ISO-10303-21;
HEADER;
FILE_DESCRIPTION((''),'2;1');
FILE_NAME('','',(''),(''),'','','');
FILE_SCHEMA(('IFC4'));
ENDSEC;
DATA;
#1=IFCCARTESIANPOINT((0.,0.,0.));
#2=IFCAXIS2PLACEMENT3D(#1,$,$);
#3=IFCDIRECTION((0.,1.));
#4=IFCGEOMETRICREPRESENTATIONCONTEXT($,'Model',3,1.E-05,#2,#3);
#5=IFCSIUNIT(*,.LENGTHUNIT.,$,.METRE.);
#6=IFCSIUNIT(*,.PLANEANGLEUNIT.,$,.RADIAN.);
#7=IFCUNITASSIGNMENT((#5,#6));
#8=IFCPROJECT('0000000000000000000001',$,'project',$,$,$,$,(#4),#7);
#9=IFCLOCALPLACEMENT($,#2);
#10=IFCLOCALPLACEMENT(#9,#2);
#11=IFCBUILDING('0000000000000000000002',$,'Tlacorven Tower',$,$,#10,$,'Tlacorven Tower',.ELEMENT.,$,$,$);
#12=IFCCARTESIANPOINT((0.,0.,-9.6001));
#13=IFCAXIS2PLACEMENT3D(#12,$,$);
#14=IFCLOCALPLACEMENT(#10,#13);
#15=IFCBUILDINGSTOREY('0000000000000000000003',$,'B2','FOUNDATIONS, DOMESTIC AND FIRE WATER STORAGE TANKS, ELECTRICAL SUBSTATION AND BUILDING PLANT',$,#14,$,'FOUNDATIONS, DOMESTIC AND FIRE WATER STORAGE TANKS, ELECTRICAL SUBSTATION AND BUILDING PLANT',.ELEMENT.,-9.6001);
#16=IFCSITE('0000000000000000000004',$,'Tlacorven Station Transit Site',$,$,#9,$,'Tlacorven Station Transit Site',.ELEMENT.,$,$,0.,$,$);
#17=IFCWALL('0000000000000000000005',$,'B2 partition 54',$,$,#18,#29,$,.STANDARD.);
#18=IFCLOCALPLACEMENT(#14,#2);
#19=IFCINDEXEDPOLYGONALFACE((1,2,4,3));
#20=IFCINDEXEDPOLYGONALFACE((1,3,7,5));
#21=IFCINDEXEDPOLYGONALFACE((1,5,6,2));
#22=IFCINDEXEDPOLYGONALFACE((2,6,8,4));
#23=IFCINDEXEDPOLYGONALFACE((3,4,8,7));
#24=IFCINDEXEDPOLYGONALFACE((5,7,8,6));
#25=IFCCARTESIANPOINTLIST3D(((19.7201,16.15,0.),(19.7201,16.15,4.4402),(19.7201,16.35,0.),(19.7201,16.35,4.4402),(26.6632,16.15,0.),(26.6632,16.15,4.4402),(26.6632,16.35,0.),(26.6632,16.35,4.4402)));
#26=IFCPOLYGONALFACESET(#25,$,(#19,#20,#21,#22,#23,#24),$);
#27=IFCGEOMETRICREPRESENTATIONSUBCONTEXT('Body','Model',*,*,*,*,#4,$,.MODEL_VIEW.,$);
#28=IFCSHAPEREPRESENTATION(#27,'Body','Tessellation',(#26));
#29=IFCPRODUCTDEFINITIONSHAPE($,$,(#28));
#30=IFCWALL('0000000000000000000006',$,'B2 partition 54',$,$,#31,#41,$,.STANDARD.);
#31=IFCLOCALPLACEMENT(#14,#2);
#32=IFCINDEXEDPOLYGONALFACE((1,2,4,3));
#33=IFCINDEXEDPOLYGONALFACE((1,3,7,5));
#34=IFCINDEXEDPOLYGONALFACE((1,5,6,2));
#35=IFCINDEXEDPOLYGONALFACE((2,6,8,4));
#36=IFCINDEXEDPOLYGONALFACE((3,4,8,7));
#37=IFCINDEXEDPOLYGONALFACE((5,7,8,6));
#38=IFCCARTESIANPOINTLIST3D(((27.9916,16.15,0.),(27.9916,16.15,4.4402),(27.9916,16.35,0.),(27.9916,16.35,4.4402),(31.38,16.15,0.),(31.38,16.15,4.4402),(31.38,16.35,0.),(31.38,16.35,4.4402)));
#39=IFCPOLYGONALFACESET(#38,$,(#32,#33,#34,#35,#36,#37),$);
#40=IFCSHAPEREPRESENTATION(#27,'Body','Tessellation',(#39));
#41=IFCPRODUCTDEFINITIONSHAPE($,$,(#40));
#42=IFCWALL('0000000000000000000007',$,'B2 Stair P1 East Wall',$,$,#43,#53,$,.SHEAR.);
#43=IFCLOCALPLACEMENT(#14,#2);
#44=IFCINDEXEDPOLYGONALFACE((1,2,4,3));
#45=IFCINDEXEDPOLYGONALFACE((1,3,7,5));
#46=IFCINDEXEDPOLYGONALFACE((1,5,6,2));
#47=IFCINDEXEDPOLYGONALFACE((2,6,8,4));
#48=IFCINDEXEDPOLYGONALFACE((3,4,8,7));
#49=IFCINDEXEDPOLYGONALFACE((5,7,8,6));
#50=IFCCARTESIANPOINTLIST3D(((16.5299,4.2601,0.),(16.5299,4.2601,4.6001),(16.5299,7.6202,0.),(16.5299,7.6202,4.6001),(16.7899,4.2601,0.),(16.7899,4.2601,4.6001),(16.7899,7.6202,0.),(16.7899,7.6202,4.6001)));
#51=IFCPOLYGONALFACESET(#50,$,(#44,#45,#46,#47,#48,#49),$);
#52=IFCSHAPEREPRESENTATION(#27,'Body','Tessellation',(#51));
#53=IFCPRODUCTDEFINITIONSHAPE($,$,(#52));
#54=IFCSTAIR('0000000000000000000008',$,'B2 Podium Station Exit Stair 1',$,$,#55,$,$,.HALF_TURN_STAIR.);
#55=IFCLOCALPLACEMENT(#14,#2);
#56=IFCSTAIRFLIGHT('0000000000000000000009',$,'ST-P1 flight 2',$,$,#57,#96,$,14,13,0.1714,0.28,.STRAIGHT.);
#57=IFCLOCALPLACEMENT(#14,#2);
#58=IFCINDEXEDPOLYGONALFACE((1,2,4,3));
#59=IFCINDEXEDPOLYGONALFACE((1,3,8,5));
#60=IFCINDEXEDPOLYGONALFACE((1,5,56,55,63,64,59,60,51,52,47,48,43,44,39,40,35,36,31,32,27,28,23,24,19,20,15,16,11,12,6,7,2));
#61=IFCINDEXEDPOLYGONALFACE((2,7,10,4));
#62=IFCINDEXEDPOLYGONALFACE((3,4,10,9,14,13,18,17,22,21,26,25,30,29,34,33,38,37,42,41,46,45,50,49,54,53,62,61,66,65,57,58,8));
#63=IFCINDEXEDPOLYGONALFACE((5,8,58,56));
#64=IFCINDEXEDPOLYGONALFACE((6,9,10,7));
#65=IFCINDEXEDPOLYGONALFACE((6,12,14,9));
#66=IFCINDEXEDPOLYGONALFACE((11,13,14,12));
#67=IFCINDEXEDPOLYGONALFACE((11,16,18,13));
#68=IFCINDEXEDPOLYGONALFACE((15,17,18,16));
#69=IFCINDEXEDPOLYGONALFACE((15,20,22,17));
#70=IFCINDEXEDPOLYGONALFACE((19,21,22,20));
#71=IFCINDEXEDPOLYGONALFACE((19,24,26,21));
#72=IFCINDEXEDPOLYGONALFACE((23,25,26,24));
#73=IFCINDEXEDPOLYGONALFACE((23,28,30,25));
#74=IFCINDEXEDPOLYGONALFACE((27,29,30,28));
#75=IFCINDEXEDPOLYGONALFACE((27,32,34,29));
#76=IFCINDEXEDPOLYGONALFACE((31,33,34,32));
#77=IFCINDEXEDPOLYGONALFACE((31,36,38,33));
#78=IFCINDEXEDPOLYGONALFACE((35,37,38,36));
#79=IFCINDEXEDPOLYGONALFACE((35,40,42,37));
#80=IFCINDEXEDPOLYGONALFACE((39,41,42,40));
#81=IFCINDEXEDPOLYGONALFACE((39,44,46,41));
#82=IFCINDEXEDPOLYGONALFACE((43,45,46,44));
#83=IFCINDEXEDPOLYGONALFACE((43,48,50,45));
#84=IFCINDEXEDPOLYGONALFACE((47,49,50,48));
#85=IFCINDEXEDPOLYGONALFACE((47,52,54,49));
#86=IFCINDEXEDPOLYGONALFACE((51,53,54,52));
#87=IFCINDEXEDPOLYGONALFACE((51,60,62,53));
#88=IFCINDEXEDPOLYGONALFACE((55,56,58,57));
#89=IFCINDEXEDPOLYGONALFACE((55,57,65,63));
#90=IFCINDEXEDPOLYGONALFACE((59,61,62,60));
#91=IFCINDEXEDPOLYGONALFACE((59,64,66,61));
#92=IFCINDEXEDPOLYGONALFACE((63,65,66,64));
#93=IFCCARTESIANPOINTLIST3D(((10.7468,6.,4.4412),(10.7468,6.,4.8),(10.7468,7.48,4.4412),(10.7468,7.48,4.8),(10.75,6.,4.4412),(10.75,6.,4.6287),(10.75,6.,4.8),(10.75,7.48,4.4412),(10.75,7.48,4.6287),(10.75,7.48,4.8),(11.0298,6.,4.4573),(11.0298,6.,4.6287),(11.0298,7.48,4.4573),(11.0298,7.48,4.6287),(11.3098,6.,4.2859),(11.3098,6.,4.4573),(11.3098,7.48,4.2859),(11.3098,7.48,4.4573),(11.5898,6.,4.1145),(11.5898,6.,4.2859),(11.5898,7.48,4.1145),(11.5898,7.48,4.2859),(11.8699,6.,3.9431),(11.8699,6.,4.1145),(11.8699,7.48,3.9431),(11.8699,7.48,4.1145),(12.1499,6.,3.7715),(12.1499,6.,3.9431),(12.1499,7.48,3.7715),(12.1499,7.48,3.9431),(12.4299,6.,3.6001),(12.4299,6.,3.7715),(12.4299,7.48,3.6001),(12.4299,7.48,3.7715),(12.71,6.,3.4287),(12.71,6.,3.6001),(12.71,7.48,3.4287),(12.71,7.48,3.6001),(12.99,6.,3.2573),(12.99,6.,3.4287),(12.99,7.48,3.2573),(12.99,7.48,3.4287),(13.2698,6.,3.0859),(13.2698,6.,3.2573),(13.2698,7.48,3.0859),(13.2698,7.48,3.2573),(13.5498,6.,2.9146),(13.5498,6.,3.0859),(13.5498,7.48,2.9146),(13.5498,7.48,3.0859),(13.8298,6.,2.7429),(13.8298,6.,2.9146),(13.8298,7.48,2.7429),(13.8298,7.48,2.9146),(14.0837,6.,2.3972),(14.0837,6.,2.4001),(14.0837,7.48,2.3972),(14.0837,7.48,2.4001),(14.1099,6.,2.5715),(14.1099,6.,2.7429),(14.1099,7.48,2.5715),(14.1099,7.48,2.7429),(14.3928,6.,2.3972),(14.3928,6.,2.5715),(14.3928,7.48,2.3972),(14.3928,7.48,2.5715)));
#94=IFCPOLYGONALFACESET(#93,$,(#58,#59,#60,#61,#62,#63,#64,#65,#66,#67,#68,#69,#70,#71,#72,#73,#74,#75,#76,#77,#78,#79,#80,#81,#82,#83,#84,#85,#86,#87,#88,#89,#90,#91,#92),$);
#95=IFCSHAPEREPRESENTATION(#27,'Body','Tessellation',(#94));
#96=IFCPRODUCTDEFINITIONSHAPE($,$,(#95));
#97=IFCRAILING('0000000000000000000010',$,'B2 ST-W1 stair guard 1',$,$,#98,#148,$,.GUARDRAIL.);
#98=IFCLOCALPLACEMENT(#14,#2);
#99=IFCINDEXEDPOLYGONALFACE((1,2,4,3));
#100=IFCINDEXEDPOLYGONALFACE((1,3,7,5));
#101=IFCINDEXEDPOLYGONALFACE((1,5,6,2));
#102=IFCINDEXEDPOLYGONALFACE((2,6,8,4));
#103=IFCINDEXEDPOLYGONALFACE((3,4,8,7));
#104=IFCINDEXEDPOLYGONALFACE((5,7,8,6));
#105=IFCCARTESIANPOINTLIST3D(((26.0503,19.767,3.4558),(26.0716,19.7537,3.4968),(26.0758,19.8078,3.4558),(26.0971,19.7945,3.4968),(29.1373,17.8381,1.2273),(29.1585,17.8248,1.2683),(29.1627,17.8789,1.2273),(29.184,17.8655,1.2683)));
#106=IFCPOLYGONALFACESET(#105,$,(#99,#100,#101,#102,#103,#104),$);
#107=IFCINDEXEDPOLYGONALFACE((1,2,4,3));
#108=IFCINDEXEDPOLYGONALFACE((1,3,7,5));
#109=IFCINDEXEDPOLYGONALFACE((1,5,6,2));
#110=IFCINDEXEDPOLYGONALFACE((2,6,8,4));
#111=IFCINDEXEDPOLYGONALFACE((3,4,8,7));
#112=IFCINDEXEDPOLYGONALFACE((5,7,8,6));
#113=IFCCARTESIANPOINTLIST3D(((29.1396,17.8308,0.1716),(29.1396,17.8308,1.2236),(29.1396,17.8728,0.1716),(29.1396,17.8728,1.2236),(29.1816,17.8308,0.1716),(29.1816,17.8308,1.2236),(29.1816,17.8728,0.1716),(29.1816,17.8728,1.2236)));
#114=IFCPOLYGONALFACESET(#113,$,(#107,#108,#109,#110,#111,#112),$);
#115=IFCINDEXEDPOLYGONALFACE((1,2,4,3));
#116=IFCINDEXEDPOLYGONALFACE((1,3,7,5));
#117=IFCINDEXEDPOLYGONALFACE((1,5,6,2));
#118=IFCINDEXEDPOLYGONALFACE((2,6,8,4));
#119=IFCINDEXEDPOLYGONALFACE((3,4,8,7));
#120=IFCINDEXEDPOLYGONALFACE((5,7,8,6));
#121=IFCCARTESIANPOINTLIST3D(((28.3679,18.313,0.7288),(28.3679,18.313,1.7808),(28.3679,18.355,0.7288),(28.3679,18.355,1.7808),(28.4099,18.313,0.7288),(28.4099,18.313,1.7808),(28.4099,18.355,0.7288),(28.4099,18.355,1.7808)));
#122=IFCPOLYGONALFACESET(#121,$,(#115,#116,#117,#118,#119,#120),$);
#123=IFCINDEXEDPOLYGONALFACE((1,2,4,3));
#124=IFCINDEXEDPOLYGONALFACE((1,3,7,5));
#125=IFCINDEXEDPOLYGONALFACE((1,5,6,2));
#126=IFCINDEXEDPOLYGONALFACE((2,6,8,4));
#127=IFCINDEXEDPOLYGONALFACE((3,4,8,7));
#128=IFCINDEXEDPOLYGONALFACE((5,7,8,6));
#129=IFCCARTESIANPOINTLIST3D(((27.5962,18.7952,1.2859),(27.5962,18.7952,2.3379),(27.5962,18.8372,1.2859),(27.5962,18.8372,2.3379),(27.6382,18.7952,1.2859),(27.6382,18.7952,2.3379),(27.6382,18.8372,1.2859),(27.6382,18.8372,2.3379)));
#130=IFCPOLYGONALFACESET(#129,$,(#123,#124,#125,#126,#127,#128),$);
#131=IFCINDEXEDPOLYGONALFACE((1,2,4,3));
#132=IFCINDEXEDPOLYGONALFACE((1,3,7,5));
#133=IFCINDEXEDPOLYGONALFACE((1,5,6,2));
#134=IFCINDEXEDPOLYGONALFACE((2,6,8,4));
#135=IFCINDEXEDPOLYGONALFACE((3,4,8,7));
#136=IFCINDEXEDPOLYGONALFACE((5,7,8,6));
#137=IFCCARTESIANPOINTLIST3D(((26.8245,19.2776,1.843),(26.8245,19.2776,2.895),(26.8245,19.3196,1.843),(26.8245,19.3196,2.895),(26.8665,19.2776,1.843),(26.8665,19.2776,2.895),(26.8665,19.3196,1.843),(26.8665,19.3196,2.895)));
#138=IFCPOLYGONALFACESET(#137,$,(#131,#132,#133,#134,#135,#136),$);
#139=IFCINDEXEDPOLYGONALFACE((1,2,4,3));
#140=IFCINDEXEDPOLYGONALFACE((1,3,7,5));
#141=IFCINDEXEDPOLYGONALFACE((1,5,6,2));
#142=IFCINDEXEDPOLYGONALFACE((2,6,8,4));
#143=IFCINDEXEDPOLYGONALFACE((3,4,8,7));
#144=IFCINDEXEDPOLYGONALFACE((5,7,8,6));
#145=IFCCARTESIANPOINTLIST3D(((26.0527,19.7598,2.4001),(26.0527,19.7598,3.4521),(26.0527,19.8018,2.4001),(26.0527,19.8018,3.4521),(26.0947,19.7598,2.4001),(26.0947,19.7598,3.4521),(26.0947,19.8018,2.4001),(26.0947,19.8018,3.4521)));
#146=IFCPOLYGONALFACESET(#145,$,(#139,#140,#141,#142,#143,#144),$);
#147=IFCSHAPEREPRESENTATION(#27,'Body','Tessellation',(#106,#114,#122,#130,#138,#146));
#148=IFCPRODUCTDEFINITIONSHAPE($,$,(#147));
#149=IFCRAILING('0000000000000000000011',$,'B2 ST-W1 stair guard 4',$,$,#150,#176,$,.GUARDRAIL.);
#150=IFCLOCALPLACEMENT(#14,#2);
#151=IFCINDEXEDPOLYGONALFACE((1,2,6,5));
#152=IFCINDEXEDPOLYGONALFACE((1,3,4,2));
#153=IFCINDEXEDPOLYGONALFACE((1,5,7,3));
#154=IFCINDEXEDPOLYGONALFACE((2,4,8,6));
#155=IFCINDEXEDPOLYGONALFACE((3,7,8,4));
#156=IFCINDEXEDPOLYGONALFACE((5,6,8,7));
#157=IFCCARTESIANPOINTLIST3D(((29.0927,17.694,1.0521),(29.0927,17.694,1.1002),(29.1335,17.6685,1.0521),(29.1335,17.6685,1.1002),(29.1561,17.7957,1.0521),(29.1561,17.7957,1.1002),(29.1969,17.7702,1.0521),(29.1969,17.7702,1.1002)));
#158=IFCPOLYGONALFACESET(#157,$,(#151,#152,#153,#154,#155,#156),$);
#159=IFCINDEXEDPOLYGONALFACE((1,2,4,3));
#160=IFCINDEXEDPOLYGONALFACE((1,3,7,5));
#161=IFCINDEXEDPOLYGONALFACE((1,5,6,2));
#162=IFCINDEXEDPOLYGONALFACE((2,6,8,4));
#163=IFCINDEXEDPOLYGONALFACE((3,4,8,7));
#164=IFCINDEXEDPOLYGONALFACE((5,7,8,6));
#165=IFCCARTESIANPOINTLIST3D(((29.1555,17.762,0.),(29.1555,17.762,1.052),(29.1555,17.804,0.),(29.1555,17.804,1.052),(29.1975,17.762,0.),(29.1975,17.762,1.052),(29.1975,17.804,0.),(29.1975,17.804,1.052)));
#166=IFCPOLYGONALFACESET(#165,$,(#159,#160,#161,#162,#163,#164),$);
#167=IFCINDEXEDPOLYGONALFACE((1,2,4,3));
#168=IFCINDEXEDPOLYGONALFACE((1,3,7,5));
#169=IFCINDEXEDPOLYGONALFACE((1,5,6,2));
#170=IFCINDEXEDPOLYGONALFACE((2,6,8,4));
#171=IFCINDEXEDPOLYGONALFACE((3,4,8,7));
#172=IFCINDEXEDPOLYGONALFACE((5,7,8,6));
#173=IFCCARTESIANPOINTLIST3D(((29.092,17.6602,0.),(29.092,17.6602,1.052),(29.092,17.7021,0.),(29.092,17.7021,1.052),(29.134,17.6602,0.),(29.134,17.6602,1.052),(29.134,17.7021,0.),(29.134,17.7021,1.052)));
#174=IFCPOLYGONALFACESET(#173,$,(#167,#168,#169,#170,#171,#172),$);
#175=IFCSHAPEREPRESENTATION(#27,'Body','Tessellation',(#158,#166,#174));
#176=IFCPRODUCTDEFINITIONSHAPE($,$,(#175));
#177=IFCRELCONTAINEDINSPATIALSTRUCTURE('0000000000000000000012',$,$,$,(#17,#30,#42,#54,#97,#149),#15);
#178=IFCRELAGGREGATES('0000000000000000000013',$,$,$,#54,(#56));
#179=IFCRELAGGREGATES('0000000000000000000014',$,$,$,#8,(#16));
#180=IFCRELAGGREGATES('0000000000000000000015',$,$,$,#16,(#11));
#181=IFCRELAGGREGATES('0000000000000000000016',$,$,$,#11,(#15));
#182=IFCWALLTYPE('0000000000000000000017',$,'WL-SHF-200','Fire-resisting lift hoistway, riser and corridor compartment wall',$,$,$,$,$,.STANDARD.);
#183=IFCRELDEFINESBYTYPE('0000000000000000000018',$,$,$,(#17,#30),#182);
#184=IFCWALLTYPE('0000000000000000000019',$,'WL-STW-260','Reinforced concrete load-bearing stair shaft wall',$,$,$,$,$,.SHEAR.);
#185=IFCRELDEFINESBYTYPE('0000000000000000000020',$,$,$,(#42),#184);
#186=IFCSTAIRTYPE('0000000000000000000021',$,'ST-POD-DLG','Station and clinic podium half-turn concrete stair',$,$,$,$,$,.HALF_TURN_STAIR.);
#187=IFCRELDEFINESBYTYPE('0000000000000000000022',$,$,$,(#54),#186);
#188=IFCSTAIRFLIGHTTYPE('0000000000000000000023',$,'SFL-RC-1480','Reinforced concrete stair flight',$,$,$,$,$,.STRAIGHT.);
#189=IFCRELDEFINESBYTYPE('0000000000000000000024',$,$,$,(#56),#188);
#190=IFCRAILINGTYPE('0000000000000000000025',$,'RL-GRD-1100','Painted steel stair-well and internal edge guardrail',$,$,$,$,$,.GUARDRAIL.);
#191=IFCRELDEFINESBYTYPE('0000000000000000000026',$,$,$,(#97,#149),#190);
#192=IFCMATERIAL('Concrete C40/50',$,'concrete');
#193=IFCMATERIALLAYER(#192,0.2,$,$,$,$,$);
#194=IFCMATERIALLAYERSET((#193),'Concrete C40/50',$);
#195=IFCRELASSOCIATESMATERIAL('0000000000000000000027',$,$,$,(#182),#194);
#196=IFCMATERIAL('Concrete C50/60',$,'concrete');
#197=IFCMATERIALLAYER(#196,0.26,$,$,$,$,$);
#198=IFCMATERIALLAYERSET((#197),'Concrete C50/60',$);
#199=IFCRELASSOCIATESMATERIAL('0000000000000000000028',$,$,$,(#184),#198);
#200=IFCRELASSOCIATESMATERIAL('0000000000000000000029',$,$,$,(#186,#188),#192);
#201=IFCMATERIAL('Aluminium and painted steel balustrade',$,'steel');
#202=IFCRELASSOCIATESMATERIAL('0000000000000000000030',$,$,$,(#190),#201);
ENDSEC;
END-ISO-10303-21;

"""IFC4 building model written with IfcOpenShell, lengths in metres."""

from ifc_helpers import new_model, si_unit, direction, frame, frame_2d, origin, origin_2d, place, context, subcontext, project, spatial, polyline, rectangle, outline, extrude, source, transform, mapped, material, layer, layer_set, type_object, element, aggregate, save


model = new_model("IFC4")

# Units and contexts
model_context = context("Model", 3, precision=1e-05, world=origin(), true_north=direction((0.0, 1.0)))
body_context = subcontext(model_context, "Body", "Model", "MODEL_VIEW")
ifc_project = project(units=[si_unit("LENGTHUNIT", "METRE"), si_unit("PLANEANGLEUNIT", "RADIAN")], contexts=[model_context])

# Site, building, storey
site_placement = place(None, origin())
site = spatial("IfcSite", under=ifc_project, at=site_placement, Name="Tlacorven Station Transit Site", LongName="Tlacorven Station Transit Site", CompositionType="ELEMENT", RefElevation=0.0)
building_placement = place(site_placement, origin())
building = spatial("IfcBuilding", under=site, at=building_placement, Name="Tlacorven Tower", LongName="Tlacorven Tower", CompositionType="ELEMENT")
storey_placement = place(building_placement, frame((0.0, 0.0, -9.6001)))
storey = spatial("IfcBuildingStorey", under=building, at=storey_placement, Name="B2", Description="FOUNDATIONS, DOMESTIC AND FIRE WATER STORAGE TANKS, ELECTRICAL SUBSTATION AND BUILDING PLANT", LongName="FOUNDATIONS, DOMESTIC AND FIRE WATER STORAGE TANKS, ELECTRICAL SUBSTATION AND BUILDING PLANT", CompositionType="ELEMENT", Elevation=-9.6001)

# Shared definitions
ifc_material_1 = material(Name="Concrete C50/60", Category="concrete")

# Walls
ifc_material_2 = material(Name="Concrete C40/50", Category="concrete")
ifc_layer_1 = layer(ifc_material_2, 0.2)
ifc_layer_set_1 = layer_set([ifc_layer_1], Name="Concrete C40/50")
wall_type_1 = type_object("IfcWallType", Name="WL-SHF-200", Description="Fire-resisting lift hoistway, riser and corridor compartment wall", PredefinedType="STANDARD", material=ifc_layer_set_1)
wall_1_placement = place(storey_placement, frame((19.72, 16.25, 0.0), z_axis=(0.0, 0.0, 1.0), x_axis=(1.0, 0.0, 0.0)))
element("IfcWall", 1, at=wall_1_placement, inside=storey, type_object=wall_type_1, Name="B2 partition 54", PredefinedType="STANDARD", context=body_context, shape_type="SweptSolid", body=[
    extrude(rectangle(XDim=6.9431, YDim=0.2, at=frame_2d((3.4717, 0.0))), origin(), (0.0, 0.0, 1.0), 4.4402),
])
wall_2_placement = place(storey_placement, frame((27.9915, 16.25, 0.0), z_axis=(0.0, 0.0, 1.0), x_axis=(1.0, 0.0, 0.0)))
element("IfcWall", 2, at=wall_2_placement, inside=storey, type_object=wall_type_1, Name="B2 partition 54", PredefinedType="STANDARD", context=body_context, shape_type="SweptSolid", body=[
    extrude(rectangle(XDim=3.3884, YDim=0.2, at=frame_2d((1.6943, 0.0))), origin(), (0.0, 0.0, 1.0), 4.4402),
])
ifc_layer_2 = layer(ifc_material_1, 0.26)
ifc_layer_set_2 = layer_set([ifc_layer_2], Name="Concrete C50/60")
wall_type_2 = type_object("IfcWallType", Name="WL-STW-260", Description="Reinforced concrete load-bearing stair shaft wall", PredefinedType="SHEAR", material=ifc_layer_set_2)
wall_3_placement = place(storey_placement, frame((16.6599, 4.26, 0.0), z_axis=(0.0, 0.0, 1.0), x_axis=(0.0, 1.0, 0.0)))
element("IfcWall", 3, at=wall_3_placement, inside=storey, type_object=wall_type_2, Name="B2 Stair P1 East Wall", PredefinedType="SHEAR", context=body_context, shape_type="SweptSolid", body=[
    extrude(rectangle(XDim=3.3601, YDim=0.26, at=frame_2d((1.6802, 0.0))), origin(), (0.0, 0.0, 1.0), 4.6001),
])

# Stair, stair flight
stair_type = type_object("IfcStairType", Name="ST-POD-DLG", Description="Station and clinic podium half-turn concrete stair", PredefinedType="HALF_TURN_STAIR", material=ifc_material_2)
stair_placement = place(storey_placement, origin())
stair = element("IfcStair", 4, at=stair_placement, inside=storey, type_object=stair_type, Name="B2 Podium Station Exit Stair 1", PredefinedType="HALF_TURN_STAIR")
stair_flight_type = type_object("IfcStairFlightType", Name="SFL-RC-1480", Description="Reinforced concrete stair flight", PredefinedType="STRAIGHT", material=ifc_material_2)
shared_shape_1 = source(origin(), body_context, "Body", "SweptSolid", [
    extrude(outline(polyline([(-0.0029, -0.0029), (-0.0029, 0.1714), (0.28, 0.1714), (0.28, 0.3428), (0.5601, 0.3428), (0.5601, 0.5144), (0.8401, 0.5144), (0.8401, 0.6858), (1.1201, 0.6858), (1.1201, 0.8572), (1.3999, 0.8572), (1.3999, 1.0286), (1.6799, 1.0286), (1.6799, 1.2), (1.96, 1.2), (1.96, 1.3713), (2.24, 1.3713), (2.24, 1.543), (2.52, 1.543), (2.52, 1.7144), (2.8, 1.7144), (2.8, 1.8857), (3.0801, 1.8857), (3.0801, 2.0571), (3.3601, 2.0571), (3.3601, 2.2285), (3.6399, 2.2285), (3.6399, 2.3999), (3.6431, 2.3999), (3.6431, 2.041), (3.6399, 2.041), (0.3062, 0.0), (0.3062, -0.0029), (-0.0029, -0.0029)])), frame((0.0, 0.74, 0.0), z_axis=(0.0, -1.0, 0.0), x_axis=(1.0, 0.0, 0.0)), (0.0, 0.0, 1.0), 1.48),
])
stair_flight_placement = place(storey_placement, frame((14.3899, 6.74, 2.4001), z_axis=(0.0, 0.0, 1.0), x_axis=(-1.0, 0.0, 0.0)))
stair_flight = element("IfcStairFlight", 5, at=stair_flight_placement, type_object=stair_flight_type, Name="ST-P1 flight 2", NumberOfRisers=14, NumberOfTreads=13, PredefinedType="STRAIGHT", RiserHeight=0.1714, TreadLength=0.28, context=body_context, shape_type="MappedRepresentation", body=[
    mapped(shared_shape_1, transform((0.0, 0.0, 0.0), scale=1.0)),
])
aggregate(stair, [stair_flight])

# Railings
ifc_material_3 = material(Name="Aluminium and painted steel balustrade", Category="steel")
railing_type_1 = type_object("IfcRailingType", Name="RL-GRD-1100", Description="Painted steel stair-well and internal edge guardrail", PredefinedType="GUARDRAIL", material=ifc_material_3)
shared_shape_2 = source(origin(), body_context, "Body", "SweptSolid", [
    extrude(rectangle(XDim=0.0481, YDim=0.0481, at=origin_2d()), frame((0.0, 0.0, 1.0762), z_axis=(-0.723262, 0.451953, 0.52214), x_axis=(-0.529927, -0.848044, 0.0)), (0.0, 0.0, 1.0), 4.2681),
    extrude(rectangle(XDim=0.042, YDim=0.042, at=origin_2d()), origin(), (0.0, 0.0, 1.0), 1.052),
    extrude(rectangle(XDim=0.042, YDim=0.042, at=origin_2d()), frame((-0.7717, 0.4822, 0.5571)), (0.0, 0.0, 1.0), 1.052),
    extrude(rectangle(XDim=0.042, YDim=0.042, at=origin_2d()), frame((-1.5435, 0.9644, 1.1143)), (0.0, 0.0, 1.0), 1.052),
    extrude(rectangle(XDim=0.042, YDim=0.042, at=origin_2d()), frame((-2.3152, 1.4468, 1.6714)), (0.0, 0.0, 1.0), 1.052),
    extrude(rectangle(XDim=0.042, YDim=0.042, at=origin_2d()), frame((-3.0869, 1.929, 2.2285)), (0.0, 0.0, 1.0), 1.052),
])
railing_1_placement = place(storey_placement, frame((29.1606, 17.8518, 0.1716)))
element("IfcRailing", 6, at=railing_1_placement, inside=storey, type_object=railing_type_1, Name="B2 ST-W1 stair guard 1", PredefinedType="GUARDRAIL", context=body_context, shape_type="MappedRepresentation", body=[
    mapped(shared_shape_2, transform((0.0, 0.0, 0.0), scale=1.0)),
])
shared_shape_3 = source(origin(), body_context, "Body", "SweptSolid", [
    extrude(rectangle(XDim=0.0481, YDim=0.0481, at=origin_2d()), frame((0.0, 0.0, 1.0762), z_axis=(-0.529084, -0.848569, 0.0), x_axis=(0.848569, -0.529084, 0.0)), (0.0, 0.0, 1.0), 0.1199),
    extrude(rectangle(XDim=0.042, YDim=0.042, at=origin_2d()), origin(), (0.0, 0.0, 1.0), 1.052),
    extrude(rectangle(XDim=0.042, YDim=0.042, at=origin_2d()), frame((-0.0635, -0.1018, 0.0)), (0.0, 0.0, 1.0), 1.052),
])
railing_2_placement = place(storey_placement, frame((29.1765, 17.783, 0.0)))
element("IfcRailing", 7, at=railing_2_placement, inside=storey, type_object=railing_type_1, Name="B2 ST-W1 stair guard 4", PredefinedType="GUARDRAIL", context=body_context, shape_type="MappedRepresentation", body=[
    mapped(shared_shape_3, transform((0.0, 0.0, 0.0), scale=1.0)),
])

save(model, "model.ifc")
